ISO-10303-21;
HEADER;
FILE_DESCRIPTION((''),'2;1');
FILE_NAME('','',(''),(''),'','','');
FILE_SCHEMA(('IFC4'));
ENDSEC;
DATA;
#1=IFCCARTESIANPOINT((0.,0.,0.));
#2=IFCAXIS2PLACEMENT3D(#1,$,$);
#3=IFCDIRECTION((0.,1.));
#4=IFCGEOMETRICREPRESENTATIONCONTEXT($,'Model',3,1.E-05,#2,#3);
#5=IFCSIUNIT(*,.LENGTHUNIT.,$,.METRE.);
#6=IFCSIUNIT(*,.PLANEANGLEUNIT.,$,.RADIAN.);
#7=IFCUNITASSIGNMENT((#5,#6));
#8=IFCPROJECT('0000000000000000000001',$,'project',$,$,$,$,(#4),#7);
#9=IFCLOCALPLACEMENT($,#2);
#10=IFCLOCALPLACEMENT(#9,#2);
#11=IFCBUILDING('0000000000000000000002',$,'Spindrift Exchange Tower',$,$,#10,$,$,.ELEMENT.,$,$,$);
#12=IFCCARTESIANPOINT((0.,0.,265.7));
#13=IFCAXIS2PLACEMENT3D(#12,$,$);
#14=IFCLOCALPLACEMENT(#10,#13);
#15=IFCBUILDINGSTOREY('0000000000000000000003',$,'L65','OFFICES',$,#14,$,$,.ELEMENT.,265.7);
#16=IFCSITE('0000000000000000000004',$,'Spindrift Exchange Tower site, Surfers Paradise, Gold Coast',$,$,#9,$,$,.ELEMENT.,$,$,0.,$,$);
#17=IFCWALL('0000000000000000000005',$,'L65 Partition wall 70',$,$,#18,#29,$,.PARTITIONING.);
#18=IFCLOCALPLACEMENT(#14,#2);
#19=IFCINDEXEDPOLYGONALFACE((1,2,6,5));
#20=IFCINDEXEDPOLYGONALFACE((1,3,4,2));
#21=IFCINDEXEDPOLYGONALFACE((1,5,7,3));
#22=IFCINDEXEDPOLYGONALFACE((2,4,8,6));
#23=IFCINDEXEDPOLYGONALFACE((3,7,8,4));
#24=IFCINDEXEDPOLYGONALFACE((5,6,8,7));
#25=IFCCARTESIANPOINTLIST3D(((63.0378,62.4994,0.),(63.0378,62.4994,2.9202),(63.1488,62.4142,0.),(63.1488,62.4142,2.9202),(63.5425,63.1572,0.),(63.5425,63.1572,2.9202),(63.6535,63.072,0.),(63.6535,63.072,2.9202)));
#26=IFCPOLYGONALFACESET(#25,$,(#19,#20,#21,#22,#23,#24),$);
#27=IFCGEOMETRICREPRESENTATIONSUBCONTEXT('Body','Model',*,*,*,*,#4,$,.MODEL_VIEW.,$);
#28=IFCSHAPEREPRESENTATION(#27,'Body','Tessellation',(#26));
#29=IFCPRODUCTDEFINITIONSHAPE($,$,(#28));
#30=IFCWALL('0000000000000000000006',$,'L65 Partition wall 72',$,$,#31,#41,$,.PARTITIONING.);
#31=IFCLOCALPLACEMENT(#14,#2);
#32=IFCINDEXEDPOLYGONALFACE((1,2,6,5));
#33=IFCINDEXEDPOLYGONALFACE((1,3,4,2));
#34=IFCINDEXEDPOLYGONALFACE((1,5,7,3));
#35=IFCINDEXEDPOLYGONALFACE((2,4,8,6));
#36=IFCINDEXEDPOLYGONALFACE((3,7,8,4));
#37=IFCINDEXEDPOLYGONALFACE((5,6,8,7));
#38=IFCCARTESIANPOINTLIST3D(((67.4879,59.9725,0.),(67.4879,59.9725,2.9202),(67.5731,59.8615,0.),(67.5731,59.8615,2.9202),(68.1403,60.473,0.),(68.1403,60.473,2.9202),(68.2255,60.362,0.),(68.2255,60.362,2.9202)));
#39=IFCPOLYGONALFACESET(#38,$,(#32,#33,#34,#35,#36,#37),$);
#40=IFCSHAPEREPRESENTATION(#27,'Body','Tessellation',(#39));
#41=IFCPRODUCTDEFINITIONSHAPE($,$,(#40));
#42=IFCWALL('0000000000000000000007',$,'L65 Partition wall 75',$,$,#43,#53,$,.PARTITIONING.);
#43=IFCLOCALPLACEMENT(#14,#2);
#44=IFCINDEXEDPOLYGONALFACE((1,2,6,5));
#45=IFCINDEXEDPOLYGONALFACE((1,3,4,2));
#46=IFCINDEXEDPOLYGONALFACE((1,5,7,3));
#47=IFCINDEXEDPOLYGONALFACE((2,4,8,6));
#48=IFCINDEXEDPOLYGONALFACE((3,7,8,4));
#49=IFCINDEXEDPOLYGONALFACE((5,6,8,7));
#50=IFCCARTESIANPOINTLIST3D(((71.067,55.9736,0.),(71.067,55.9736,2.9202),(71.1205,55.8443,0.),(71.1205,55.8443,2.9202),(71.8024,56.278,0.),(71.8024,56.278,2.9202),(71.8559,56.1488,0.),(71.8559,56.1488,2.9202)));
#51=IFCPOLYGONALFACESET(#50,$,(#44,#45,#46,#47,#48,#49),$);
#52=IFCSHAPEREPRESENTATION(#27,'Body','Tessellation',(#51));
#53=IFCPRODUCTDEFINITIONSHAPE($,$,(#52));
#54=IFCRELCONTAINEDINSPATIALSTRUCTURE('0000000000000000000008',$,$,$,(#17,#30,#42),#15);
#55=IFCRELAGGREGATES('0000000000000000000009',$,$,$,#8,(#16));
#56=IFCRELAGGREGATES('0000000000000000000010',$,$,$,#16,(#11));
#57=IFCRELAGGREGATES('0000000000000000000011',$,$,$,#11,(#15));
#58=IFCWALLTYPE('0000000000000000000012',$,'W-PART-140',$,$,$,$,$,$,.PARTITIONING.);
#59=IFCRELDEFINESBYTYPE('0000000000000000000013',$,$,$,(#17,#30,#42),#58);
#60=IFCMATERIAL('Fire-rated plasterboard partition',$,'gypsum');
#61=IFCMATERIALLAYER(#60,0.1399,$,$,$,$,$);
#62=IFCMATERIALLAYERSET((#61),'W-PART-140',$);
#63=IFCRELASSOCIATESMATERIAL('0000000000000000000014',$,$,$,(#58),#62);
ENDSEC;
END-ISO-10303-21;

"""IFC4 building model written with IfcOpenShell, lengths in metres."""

from ifc_helpers import new_model, si_unit, direction, frame, frame_2d, origin, place, context, subcontext, project, spatial, rectangle, extrude, material, layer, layer_set, type_object, element, save


model = new_model("IFC4")

# Units and contexts
model_context = context("Model", 3, precision=1e-05, world=origin(), true_north=direction((0.0, 1.0)))
body_context = subcontext(model_context, "Body", "Model", "MODEL_VIEW")
ifc_project = project(units=[si_unit("LENGTHUNIT", "METRE"), si_unit("PLANEANGLEUNIT", "RADIAN")], contexts=[model_context])

# Site, building, storey
site_placement = place(None, origin())
site = spatial("IfcSite", under=ifc_project, at=site_placement, Name="Spindrift Exchange Tower site, Surfers Paradise, Gold Coast", CompositionType="ELEMENT", RefElevation=0.0)
building_placement = place(site_placement, origin())
building = spatial("IfcBuilding", under=site, at=building_placement, Name="Spindrift Exchange Tower", CompositionType="ELEMENT")
storey_placement = place(building_placement, frame((0.0, 0.0, 265.7)))
storey = spatial("IfcBuildingStorey", under=building, at=storey_placement, Name="L65", Description="OFFICES", CompositionType="ELEMENT", Elevation=265.7)

# Shared definitions
ifc_material_1 = material(Name="Fire-rated plasterboard partition", Category="gypsum")
ifc_layer_1 = layer(ifc_material_1, 0.1399)
ifc_layer_set_1 = layer_set([ifc_layer_1], Name="W-PART-140")
wall_type_1 = type_object("IfcWallType", Name="W-PART-140", PredefinedType="PARTITIONING", material=ifc_layer_set_1)

# Walls
wall_1_placement = place(storey_placement, frame((63.0933, 62.4568, 0.0), z_axis=(0.0, 0.0, 1.0), x_axis=(0.608728, 0.793379, 0.0)))
element("IfcWall", 1, at=wall_1_placement, inside=storey, type_object=wall_type_1, Name="L65 Partition wall 70", PredefinedType="PARTITIONING", context=body_context, shape_type="SweptSolid", body=[
    extrude(rectangle(XDim=0.8291, YDim=0.1399, at=frame_2d((0.4146, 0.0))), origin(), (0.0, 0.0, 1.0), 2.9202),
])
wall_2_placement = place(storey_placement, frame((67.5305, 59.917, 0.0), z_axis=(0.0, 0.0, 1.0), x_axis=(0.793396, 0.608706, 0.0)))
element("IfcWall", 2, at=wall_2_placement, inside=storey, type_object=wall_type_1, Name="L65 Partition wall 72", PredefinedType="PARTITIONING", context=body_context, shape_type="SweptSolid", body=[
    extrude(rectangle(XDim=0.8223, YDim=0.1399, at=frame_2d((0.4111, 0.0))), origin(), (0.0, 0.0, 1.0), 2.9202),
])
wall_3_placement = place(storey_placement, frame((71.0938, 55.9089, 0.0), z_axis=(0.0, 0.0, 1.0), x_axis=(0.923946, 0.382523, 0.0)))
element("IfcWall", 3, at=wall_3_placement, inside=storey, type_object=wall_type_1, Name="L65 Partition wall 75", PredefinedType="PARTITIONING", context=body_context, shape_type="SweptSolid", body=[
    extrude(rectangle(XDim=0.7959, YDim=0.1399, at=frame_2d((0.3979, 0.0))), origin(), (0.0, 0.0, 1.0), 2.9202),
])

save(model, "model.ifc")
